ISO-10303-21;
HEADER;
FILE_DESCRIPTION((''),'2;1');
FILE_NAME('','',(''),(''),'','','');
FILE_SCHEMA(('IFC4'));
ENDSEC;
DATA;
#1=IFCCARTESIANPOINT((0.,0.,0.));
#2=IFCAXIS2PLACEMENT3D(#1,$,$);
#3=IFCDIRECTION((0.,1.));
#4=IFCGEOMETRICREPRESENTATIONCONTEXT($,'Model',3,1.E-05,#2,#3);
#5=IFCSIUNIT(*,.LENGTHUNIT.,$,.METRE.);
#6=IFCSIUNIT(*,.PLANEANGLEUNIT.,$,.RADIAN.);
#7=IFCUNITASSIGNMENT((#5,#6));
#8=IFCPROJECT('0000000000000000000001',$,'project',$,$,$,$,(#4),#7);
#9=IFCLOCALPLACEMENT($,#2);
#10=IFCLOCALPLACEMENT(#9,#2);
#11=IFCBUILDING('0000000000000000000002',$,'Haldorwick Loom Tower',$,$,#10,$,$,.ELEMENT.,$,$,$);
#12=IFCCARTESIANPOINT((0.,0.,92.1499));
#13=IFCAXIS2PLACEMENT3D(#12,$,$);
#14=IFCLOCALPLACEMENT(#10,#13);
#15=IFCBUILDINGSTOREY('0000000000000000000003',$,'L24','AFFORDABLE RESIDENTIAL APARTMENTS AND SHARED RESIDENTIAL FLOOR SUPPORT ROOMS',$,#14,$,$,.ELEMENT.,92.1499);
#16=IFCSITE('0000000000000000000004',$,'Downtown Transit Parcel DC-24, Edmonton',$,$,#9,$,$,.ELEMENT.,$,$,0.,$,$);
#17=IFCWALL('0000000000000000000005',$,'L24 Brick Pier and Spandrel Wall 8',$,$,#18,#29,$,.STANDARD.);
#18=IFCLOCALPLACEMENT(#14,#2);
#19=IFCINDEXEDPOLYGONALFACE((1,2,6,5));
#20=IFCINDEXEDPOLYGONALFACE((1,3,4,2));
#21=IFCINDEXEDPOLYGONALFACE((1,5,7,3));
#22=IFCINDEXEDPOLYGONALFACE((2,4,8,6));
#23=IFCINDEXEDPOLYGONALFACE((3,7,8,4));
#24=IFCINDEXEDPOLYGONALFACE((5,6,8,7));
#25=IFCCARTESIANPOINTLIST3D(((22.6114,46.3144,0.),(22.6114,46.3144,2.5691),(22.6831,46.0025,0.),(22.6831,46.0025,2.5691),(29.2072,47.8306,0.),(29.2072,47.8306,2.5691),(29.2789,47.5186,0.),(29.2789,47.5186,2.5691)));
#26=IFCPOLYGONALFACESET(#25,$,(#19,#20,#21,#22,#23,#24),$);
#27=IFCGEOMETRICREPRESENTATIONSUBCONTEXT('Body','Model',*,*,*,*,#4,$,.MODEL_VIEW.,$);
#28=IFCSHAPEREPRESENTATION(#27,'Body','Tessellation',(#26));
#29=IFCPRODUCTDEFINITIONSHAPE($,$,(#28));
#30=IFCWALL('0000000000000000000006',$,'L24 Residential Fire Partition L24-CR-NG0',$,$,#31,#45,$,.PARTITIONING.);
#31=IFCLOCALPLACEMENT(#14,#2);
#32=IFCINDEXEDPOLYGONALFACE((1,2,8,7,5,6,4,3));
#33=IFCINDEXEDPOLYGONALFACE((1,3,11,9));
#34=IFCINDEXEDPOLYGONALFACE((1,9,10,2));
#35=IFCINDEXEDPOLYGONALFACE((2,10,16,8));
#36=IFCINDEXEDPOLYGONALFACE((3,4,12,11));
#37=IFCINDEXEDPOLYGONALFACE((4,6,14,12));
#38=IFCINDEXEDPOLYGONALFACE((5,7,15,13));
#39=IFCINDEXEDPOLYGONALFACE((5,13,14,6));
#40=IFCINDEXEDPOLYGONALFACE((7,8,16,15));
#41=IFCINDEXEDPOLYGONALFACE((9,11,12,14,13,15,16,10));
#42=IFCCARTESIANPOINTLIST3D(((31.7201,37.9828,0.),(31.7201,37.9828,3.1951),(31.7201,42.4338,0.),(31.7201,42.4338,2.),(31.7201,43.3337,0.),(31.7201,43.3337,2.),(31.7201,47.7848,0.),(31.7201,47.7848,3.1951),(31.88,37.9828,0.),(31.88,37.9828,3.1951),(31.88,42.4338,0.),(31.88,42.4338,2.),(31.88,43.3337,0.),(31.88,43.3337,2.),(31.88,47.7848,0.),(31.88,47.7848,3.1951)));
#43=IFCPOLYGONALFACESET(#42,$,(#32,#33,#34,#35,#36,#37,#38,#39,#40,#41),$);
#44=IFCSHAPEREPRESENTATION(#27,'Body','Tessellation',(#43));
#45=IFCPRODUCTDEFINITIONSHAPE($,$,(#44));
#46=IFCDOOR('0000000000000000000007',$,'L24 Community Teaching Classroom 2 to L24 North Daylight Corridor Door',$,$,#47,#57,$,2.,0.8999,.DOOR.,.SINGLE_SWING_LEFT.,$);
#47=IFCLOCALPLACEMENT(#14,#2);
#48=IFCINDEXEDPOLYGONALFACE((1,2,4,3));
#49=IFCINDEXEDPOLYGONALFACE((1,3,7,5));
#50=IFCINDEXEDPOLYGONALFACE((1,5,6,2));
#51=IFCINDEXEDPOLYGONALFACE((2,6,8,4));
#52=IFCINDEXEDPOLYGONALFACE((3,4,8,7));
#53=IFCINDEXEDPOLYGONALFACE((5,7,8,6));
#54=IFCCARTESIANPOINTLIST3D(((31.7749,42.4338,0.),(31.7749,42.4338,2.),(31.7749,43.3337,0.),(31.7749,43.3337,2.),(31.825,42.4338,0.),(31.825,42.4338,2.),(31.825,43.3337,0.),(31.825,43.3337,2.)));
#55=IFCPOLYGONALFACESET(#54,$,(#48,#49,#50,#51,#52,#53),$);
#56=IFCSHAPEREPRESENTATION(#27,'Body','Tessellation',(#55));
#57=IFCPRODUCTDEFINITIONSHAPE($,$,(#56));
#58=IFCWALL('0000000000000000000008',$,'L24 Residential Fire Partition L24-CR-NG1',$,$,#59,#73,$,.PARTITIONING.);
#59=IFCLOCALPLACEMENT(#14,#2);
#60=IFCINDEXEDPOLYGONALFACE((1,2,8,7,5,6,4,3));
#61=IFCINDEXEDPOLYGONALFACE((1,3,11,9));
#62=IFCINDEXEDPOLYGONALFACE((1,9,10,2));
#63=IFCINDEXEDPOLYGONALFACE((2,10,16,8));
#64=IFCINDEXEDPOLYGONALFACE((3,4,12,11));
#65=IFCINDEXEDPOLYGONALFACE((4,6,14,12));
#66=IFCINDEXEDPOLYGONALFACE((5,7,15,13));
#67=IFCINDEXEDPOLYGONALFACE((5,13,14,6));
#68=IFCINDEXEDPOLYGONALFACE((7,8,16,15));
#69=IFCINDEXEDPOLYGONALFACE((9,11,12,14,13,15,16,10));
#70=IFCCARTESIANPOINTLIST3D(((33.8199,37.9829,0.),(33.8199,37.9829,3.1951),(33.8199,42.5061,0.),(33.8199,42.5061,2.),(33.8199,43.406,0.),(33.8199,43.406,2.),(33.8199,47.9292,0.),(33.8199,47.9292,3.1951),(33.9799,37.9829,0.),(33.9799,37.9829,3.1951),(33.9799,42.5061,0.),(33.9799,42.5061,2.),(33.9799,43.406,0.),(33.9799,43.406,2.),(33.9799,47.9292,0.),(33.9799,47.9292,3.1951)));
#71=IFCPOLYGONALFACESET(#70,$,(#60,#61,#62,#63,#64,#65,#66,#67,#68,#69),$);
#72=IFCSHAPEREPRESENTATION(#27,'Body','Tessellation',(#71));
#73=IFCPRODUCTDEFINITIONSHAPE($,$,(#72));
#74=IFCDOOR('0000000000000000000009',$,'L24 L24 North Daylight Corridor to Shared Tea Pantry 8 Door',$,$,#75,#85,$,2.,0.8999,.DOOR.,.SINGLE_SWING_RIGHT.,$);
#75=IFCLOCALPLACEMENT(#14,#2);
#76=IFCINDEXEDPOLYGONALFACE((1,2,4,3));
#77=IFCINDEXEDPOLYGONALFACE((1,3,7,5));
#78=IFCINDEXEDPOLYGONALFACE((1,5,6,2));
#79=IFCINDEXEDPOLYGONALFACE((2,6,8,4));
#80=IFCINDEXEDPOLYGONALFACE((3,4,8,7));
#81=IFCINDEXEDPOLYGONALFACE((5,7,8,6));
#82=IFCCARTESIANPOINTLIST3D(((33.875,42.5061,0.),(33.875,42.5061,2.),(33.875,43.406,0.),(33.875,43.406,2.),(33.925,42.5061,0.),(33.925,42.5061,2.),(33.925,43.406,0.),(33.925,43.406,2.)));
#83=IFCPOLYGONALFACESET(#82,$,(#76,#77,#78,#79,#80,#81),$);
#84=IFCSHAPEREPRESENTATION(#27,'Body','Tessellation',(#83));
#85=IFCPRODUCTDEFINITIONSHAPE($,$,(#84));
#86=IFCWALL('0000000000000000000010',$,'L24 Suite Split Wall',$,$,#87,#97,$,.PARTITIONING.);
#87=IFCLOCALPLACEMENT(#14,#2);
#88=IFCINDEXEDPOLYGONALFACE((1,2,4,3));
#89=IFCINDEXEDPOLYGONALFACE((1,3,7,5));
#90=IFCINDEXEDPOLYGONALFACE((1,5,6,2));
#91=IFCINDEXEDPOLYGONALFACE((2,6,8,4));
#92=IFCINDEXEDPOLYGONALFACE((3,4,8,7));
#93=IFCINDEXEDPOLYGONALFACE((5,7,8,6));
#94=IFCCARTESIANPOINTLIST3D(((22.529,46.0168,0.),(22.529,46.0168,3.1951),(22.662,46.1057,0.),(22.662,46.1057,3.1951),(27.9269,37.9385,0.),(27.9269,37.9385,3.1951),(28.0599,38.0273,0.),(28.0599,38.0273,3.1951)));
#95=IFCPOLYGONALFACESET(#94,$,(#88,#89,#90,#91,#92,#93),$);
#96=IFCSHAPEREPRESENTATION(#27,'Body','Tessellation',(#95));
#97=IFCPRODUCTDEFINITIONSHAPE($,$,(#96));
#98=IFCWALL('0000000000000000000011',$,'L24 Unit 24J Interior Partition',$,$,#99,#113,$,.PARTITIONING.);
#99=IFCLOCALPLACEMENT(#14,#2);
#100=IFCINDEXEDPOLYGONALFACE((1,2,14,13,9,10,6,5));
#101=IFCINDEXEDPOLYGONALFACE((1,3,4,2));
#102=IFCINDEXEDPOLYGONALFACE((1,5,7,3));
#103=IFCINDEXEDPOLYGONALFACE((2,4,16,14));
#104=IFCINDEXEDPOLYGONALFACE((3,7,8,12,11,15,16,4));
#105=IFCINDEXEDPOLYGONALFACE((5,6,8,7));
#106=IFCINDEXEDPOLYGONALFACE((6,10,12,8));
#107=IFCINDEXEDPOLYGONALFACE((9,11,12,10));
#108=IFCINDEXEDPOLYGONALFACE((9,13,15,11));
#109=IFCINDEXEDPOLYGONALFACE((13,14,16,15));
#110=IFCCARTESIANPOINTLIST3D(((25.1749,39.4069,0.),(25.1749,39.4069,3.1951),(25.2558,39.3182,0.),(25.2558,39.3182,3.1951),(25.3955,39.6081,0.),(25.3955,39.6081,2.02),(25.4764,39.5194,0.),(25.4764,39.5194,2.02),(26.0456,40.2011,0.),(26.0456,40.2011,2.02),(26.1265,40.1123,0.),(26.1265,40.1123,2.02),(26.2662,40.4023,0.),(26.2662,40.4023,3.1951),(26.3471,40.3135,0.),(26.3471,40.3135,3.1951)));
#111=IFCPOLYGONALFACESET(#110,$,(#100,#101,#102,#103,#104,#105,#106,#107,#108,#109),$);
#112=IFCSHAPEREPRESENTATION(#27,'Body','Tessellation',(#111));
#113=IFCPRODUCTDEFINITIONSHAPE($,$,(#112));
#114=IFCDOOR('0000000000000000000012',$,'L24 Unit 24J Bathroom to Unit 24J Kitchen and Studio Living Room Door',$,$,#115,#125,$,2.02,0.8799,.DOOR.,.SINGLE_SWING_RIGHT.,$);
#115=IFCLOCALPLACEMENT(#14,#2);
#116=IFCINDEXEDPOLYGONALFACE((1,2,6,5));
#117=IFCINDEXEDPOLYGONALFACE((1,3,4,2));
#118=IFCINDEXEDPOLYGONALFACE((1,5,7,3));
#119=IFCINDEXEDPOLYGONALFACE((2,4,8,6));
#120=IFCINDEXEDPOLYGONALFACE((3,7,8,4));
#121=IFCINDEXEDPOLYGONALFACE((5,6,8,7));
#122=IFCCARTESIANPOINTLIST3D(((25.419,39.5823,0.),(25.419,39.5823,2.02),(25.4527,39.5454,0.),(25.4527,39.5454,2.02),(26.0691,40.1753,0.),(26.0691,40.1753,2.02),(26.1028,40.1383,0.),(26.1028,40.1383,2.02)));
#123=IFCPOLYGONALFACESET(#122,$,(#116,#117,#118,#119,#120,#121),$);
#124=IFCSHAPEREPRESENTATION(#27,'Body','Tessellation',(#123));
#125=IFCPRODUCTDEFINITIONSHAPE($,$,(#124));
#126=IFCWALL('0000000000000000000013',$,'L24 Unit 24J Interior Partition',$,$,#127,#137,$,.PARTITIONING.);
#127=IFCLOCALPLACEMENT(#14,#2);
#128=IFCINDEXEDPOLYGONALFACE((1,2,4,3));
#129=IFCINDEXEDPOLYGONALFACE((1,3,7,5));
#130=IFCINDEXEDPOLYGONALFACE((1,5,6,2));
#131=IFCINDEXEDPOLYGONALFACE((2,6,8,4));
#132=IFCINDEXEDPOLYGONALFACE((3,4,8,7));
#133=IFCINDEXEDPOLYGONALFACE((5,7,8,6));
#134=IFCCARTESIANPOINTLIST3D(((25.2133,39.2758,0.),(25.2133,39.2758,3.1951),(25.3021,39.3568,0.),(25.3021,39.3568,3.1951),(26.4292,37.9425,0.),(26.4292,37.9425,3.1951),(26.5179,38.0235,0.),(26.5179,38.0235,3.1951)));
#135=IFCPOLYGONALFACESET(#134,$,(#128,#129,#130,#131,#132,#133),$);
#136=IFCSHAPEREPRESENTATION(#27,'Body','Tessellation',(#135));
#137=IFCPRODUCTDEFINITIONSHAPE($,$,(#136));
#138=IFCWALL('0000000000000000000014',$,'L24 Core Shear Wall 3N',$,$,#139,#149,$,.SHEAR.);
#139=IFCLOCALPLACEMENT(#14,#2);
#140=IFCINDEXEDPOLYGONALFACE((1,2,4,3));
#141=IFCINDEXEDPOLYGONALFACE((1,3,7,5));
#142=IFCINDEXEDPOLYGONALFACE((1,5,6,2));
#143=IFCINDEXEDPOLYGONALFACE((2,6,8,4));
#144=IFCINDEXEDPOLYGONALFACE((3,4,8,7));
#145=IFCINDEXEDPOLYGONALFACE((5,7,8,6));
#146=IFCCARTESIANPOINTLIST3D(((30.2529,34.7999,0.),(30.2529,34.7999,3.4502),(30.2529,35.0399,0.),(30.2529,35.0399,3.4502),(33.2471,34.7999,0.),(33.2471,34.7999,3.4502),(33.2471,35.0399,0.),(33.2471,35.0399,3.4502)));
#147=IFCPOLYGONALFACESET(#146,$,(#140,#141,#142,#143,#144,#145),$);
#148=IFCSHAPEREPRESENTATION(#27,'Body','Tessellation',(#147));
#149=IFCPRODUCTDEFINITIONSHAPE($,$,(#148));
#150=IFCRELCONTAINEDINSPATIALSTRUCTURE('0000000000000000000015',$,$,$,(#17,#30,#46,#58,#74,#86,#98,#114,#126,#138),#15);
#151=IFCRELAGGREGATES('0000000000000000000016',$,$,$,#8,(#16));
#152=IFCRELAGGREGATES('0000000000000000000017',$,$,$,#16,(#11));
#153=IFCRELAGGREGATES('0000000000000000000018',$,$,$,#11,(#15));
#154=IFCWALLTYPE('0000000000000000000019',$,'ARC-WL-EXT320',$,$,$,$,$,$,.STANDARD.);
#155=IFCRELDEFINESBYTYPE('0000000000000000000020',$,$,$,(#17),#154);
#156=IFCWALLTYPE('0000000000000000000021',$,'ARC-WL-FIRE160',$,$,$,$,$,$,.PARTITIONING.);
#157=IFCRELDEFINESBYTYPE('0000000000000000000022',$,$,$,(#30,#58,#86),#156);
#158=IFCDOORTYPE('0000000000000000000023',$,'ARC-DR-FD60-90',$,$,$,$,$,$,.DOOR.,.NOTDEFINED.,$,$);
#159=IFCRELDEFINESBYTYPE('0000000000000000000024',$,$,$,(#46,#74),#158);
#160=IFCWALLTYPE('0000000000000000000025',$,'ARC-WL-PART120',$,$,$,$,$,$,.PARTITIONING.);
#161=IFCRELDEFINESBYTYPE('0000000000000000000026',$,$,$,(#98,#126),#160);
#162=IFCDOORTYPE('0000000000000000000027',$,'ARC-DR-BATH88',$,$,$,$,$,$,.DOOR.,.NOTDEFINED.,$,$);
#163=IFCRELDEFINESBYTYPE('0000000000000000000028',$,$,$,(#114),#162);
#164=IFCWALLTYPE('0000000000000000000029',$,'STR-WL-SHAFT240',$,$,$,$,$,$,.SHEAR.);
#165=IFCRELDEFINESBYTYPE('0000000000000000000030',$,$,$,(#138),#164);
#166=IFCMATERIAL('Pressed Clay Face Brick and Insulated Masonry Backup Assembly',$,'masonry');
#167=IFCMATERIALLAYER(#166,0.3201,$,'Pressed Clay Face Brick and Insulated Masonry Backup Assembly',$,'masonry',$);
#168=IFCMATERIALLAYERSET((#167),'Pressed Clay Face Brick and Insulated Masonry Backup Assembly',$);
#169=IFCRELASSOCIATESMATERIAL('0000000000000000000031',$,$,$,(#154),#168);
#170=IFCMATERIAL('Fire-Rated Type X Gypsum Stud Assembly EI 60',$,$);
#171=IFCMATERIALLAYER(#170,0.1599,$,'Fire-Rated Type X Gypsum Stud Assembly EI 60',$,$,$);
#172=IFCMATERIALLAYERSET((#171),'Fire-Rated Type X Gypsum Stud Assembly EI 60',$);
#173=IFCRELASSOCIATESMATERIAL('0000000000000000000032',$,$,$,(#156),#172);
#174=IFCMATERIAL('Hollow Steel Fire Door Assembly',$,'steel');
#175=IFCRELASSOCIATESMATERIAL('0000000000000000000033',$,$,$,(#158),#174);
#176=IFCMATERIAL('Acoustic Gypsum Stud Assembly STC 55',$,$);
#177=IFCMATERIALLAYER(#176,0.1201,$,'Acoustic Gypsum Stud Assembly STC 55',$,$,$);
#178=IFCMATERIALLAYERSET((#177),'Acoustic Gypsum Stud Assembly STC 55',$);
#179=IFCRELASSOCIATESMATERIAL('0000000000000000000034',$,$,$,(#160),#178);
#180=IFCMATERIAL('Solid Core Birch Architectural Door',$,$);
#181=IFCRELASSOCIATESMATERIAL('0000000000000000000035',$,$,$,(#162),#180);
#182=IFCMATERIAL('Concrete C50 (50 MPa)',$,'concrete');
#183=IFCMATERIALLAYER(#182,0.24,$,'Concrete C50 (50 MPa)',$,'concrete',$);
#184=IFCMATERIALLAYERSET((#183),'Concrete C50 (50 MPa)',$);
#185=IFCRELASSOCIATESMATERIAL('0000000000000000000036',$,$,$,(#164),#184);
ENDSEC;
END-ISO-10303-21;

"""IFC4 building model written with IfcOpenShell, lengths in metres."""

from ifc_helpers import new_model, si_unit, direction, frame, frame_2d, origin, place, context, subcontext, project, spatial, rectangle, extrude, material, layer, layer_set, type_object, element, fill, save


model = new_model("IFC4")

# Units and contexts
model_context = context("Model", 3, precision=1e-05, world=origin(), true_north=direction((0.0, 1.0)))
body_context = subcontext(model_context, "Body", "Model", "MODEL_VIEW")
ifc_project = project(units=[si_unit("LENGTHUNIT", "METRE"), si_unit("PLANEANGLEUNIT", "RADIAN")], contexts=[model_context])

# Site, building, storey
site_placement = place(None, origin())
site = spatial("IfcSite", under=ifc_project, at=site_placement, Name="Downtown Transit Parcel DC-24, Edmonton", CompositionType="ELEMENT", RefElevation=0.0)
building_placement = place(site_placement, origin())
building = spatial("IfcBuilding", under=site, at=building_placement, Name="Haldorwick Loom Tower", CompositionType="ELEMENT")
storey_placement = place(building_placement, frame((0.0, 0.0, 92.1499)))
storey = spatial("IfcBuildingStorey", under=building, at=storey_placement, Name="L24", Description="AFFORDABLE RESIDENTIAL APARTMENTS AND SHARED RESIDENTIAL FLOOR SUPPORT ROOMS", CompositionType="ELEMENT", Elevation=92.1499)

# Wall
ifc_material_1 = material(Name="Pressed Clay Face Brick and Insulated Masonry Backup Assembly", Category="masonry")
ifc_layer_1 = layer(ifc_material_1, 0.3201, Name="Pressed Clay Face Brick and Insulated Masonry Backup Assembly", Category="masonry")
ifc_layer_set_1 = layer_set([ifc_layer_1], Name="Pressed Clay Face Brick and Insulated Masonry Backup Assembly")
wall_type_1 = type_object("IfcWallType", Name="ARC-WL-EXT320", PredefinedType="STANDARD", material=ifc_layer_set_1)
wall_1_placement = place(storey_placement, frame((29.2429, 47.6746, 0.0), z_axis=(0.0, 0.0, 1.0), x_axis=(-0.974584, -0.224022, 0.0)))
element("IfcWall", 1, at=wall_1_placement, inside=storey, type_object=wall_type_1, Name="L24 Brick Pier and Spandrel Wall 8", PredefinedType="STANDARD", context=body_context, shape_type="SweptSolid", body=[
    extrude(rectangle(XDim=6.7678, YDim=0.3201, at=frame_2d((3.3838, 0.0))), origin(), (0.0, 0.0, 1.0), 2.5691),
])

# Walls, openings, doors
ifc_material_2 = material(Name="Fire-Rated Type X Gypsum Stud Assembly EI 60")
ifc_layer_2 = layer(ifc_material_2, 0.1599, Name="Fire-Rated Type X Gypsum Stud Assembly EI 60")
ifc_layer_set_2 = layer_set([ifc_layer_2], Name="Fire-Rated Type X Gypsum Stud Assembly EI 60")
wall_type_2 = type_object("IfcWallType", Name="ARC-WL-FIRE160", PredefinedType="PARTITIONING", material=ifc_layer_set_2)
wall_2_placement = place(storey_placement, frame((31.8, 37.9829, 0.0), z_axis=(0.0, 0.0, 1.0), x_axis=(0.0, 1.0, 0.0)))
wall_2 = element("IfcWall", 2, at=wall_2_placement, inside=storey, type_object=wall_type_2, Name="L24 Residential Fire Partition L24-CR-NG0", PredefinedType="PARTITIONING", context=body_context, shape_type="SweptSolid", body=[
    extrude(rectangle(XDim=9.802, YDim=0.1599, at=frame_2d((4.9009, 0.0))), origin(), (0.0, 0.0, 1.0), 3.1951),
])
opening_1_placement = place(wall_2_placement, frame((4.4509, 0.0, 0.0)))
opening_1 = element("IfcOpeningElement", 3, at=opening_1_placement, cuts=wall_2, PredefinedType="OPENING", context=body_context, shape_type="SweptSolid", body=[
    extrude(rectangle(XDim=0.8999, YDim=2.0, at=frame_2d((0.45, 1.0))), frame((0.0, 0.0898, 0.0), z_axis=(0.0, -1.0, 0.0), x_axis=(1.0, 0.0, 0.0)), (0.0, 0.0, 1.0), 0.1799),
])
ifc_material_3 = material(Name="Hollow Steel Fire Door Assembly", Category="steel")
door_type_1 = type_object("IfcDoorType", Name="ARC-DR-FD60-90", OperationType="NOTDEFINED", PredefinedType="DOOR", material=ifc_material_3)
door_1_placement = place(opening_1_placement, frame((0.8999, 0.0, 0.0), z_axis=(0.0, 0.0, 1.0), x_axis=(-1.0, 0.0, 0.0)))
door_1 = element("IfcDoor", 4, at=door_1_placement, inside=storey, type_object=door_type_1, Name="L24 Community Teaching Classroom 2 to L24 North Daylight Corridor Door", OperationType="SINGLE_SWING_LEFT", OverallHeight=2.0, OverallWidth=0.8999, PredefinedType="DOOR", context=body_context, shape_type="SweptSolid", body=[
    extrude(rectangle(XDim=0.8999, YDim=2.0, at=frame_2d((0.45, 1.0))), frame((0.0, 0.0249, 0.0), z_axis=(0.0, -1.0, 0.0), x_axis=(1.0, 0.0, 0.0)), (0.0, 0.0, 1.0), 0.05),
])
fill(opening_1, door_1)
wall_3_placement = place(storey_placement, frame((33.8999, 37.9829, 0.0), z_axis=(0.0, 0.0, 1.0), x_axis=(0.0, 1.0, 0.0)))
wall_3 = element("IfcWall", 5, at=wall_3_placement, inside=storey, type_object=wall_type_2, Name="L24 Residential Fire Partition L24-CR-NG1", PredefinedType="PARTITIONING", context=body_context, shape_type="SweptSolid", body=[
    extrude(rectangle(XDim=9.9463, YDim=0.1599, at=frame_2d((4.9731, 0.0))), origin(), (0.0, 0.0, 1.0), 3.1951),
])
opening_2_placement = place(wall_3_placement, frame((4.5232, 0.0, 0.0)))
opening_2 = element("IfcOpeningElement", 6, at=opening_2_placement, cuts=wall_3, PredefinedType="OPENING", context=body_context, shape_type="SweptSolid", body=[
    extrude(rectangle(XDim=0.8999, YDim=2.0, at=frame_2d((0.45, 1.0))), frame((0.0, 0.0898, 0.0), z_axis=(0.0, -1.0, 0.0), x_axis=(1.0, 0.0, 0.0)), (0.0, 0.0, 1.0), 0.1799),
])
door_2_placement = place(opening_2_placement, origin())
door_2 = element("IfcDoor", 7, at=door_2_placement, inside=storey, type_object=door_type_1, Name="L24 L24 North Daylight Corridor to Shared Tea Pantry 8 Door", OperationType="SINGLE_SWING_RIGHT", OverallHeight=2.0, OverallWidth=0.8999, PredefinedType="DOOR", context=body_context, shape_type="SweptSolid", body=[
    extrude(rectangle(XDim=0.8999, YDim=2.0, at=frame_2d((0.45, 1.0))), frame((0.0, 0.0249, 0.0), z_axis=(0.0, -1.0, 0.0), x_axis=(1.0, 0.0, 0.0)), (0.0, 0.0, 1.0), 0.05),
])
fill(opening_2, door_2)

# Wall
wall_4_placement = place(storey_placement, frame((27.9934, 37.9829, 0.0), z_axis=(0.0, 0.0, 1.0), x_axis=(-0.555581, 0.831462, 0.0)))
element("IfcWall", 8, at=wall_4_placement, inside=storey, type_object=wall_type_2, Name="L24 Suite Split Wall", PredefinedType="PARTITIONING", context=body_context, shape_type="SweptSolid", body=[
    extrude(rectangle(XDim=9.7158, YDim=0.1599, at=frame_2d((4.8579, 0.0))), origin(), (0.0, 0.0, 1.0), 3.1951),
])

# Wall, opening, door
ifc_material_4 = material(Name="Acoustic Gypsum Stud Assembly STC 55")
ifc_layer_3 = layer(ifc_material_4, 0.1201, Name="Acoustic Gypsum Stud Assembly STC 55")
ifc_layer_set_3 = layer_set([ifc_layer_3], Name="Acoustic Gypsum Stud Assembly STC 55")
wall_type_3 = type_object("IfcWallType", Name="ARC-WL-PART120", PredefinedType="PARTITIONING", material=ifc_layer_set_3)
wall_5_placement = place(storey_placement, frame((26.3066, 40.3579, 0.0), z_axis=(0.0, 0.0, 1.0), x_axis=(-0.73884, -0.673881, 0.0)))
wall_5 = element("IfcWall", 9, at=wall_5_placement, inside=storey, type_object=wall_type_3, Name="L24 Unit 24J Interior Partition", PredefinedType="PARTITIONING", context=body_context, shape_type="SweptSolid", body=[
    extrude(rectangle(XDim=1.4771, YDim=0.1201, at=frame_2d((0.7385, 0.0))), origin(), (0.0, 0.0, 1.0), 3.1951),
])
opening_3_placement = place(wall_5_placement, frame((0.2986, 0.0, 0.0)))
opening_3 = element("IfcOpeningElement", 10, at=opening_3_placement, cuts=wall_5, PredefinedType="OPENING", context=body_context, shape_type="SweptSolid", body=[
    extrude(rectangle(XDim=0.8799, YDim=2.02, at=frame_2d((0.4399, 1.01))), frame((0.0, 0.0701, 0.0), z_axis=(0.0, -1.0, 0.0), x_axis=(1.0, 0.0, 0.0)), (0.0, 0.0, 1.0), 0.1401),
])
ifc_material_5 = material(Name="Solid Core Birch Architectural Door")
door_type_2 = type_object("IfcDoorType", Name="ARC-DR-BATH88", OperationType="NOTDEFINED", PredefinedType="DOOR", material=ifc_material_5)
door_3_placement = place(opening_3_placement, origin())
door_3 = element("IfcDoor", 11, at=door_3_placement, inside=storey, type_object=door_type_2, Name="L24 Unit 24J Bathroom to Unit 24J Kitchen and Studio Living Room Door", OperationType="SINGLE_SWING_RIGHT", OverallHeight=2.02, OverallWidth=0.8799, PredefinedType="DOOR", context=body_context, shape_type="SweptSolid", body=[
    extrude(rectangle(XDim=0.8799, YDim=2.02, at=frame_2d((0.4399, 1.01))), frame((0.0, 0.0249, 0.0), z_axis=(0.0, -1.0, 0.0), x_axis=(1.0, 0.0, 0.0)), (0.0, 0.0, 1.0), 0.05),
])
fill(opening_3, door_3)

# Walls
wall_6_placement = place(storey_placement, frame((26.4736, 37.9829, 0.0), z_axis=(0.0, 0.0, 1.0), x_axis=(-0.673817, 0.738898, 0.0)))
element("IfcWall", 12, at=wall_6_placement, inside=storey, type_object=wall_type_3, Name="L24 Unit 24J Interior Partition", PredefinedType="PARTITIONING", context=body_context, shape_type="SweptSolid", body=[
    extrude(rectangle(XDim=1.8044, YDim=0.1201, at=frame_2d((0.9023, 0.0))), origin(), (0.0, 0.0, 1.0), 3.1951),
])
ifc_material_6 = material(Name="Concrete C50 (50 MPa)", Category="concrete")
ifc_layer_4 = layer(ifc_material_6, 0.24, Name="Concrete C50 (50 MPa)", Category="concrete")
ifc_layer_set_4 = layer_set([ifc_layer_4], Name="Concrete C50 (50 MPa)")
wall_type_4 = type_object("IfcWallType", Name="STR-WL-SHAFT240", PredefinedType="SHEAR", material=ifc_layer_set_4)
wall_7_placement = place(storey_placement, frame((30.2529, 34.9199, 0.0), z_axis=(0.0, 0.0, 1.0), x_axis=(1.0, 0.0, 0.0)))
element("IfcWall", 13, at=wall_7_placement, inside=storey, type_object=wall_type_4, Name="L24 Core Shear Wall 3N", PredefinedType="SHEAR", context=body_context, shape_type="SweptSolid", body=[
    extrude(rectangle(XDim=2.9941, YDim=0.24, at=frame_2d((1.4971, 0.0))), origin(), (0.0, 0.0, 1.0), 3.4502),
])

save(model, "model.ifc")
